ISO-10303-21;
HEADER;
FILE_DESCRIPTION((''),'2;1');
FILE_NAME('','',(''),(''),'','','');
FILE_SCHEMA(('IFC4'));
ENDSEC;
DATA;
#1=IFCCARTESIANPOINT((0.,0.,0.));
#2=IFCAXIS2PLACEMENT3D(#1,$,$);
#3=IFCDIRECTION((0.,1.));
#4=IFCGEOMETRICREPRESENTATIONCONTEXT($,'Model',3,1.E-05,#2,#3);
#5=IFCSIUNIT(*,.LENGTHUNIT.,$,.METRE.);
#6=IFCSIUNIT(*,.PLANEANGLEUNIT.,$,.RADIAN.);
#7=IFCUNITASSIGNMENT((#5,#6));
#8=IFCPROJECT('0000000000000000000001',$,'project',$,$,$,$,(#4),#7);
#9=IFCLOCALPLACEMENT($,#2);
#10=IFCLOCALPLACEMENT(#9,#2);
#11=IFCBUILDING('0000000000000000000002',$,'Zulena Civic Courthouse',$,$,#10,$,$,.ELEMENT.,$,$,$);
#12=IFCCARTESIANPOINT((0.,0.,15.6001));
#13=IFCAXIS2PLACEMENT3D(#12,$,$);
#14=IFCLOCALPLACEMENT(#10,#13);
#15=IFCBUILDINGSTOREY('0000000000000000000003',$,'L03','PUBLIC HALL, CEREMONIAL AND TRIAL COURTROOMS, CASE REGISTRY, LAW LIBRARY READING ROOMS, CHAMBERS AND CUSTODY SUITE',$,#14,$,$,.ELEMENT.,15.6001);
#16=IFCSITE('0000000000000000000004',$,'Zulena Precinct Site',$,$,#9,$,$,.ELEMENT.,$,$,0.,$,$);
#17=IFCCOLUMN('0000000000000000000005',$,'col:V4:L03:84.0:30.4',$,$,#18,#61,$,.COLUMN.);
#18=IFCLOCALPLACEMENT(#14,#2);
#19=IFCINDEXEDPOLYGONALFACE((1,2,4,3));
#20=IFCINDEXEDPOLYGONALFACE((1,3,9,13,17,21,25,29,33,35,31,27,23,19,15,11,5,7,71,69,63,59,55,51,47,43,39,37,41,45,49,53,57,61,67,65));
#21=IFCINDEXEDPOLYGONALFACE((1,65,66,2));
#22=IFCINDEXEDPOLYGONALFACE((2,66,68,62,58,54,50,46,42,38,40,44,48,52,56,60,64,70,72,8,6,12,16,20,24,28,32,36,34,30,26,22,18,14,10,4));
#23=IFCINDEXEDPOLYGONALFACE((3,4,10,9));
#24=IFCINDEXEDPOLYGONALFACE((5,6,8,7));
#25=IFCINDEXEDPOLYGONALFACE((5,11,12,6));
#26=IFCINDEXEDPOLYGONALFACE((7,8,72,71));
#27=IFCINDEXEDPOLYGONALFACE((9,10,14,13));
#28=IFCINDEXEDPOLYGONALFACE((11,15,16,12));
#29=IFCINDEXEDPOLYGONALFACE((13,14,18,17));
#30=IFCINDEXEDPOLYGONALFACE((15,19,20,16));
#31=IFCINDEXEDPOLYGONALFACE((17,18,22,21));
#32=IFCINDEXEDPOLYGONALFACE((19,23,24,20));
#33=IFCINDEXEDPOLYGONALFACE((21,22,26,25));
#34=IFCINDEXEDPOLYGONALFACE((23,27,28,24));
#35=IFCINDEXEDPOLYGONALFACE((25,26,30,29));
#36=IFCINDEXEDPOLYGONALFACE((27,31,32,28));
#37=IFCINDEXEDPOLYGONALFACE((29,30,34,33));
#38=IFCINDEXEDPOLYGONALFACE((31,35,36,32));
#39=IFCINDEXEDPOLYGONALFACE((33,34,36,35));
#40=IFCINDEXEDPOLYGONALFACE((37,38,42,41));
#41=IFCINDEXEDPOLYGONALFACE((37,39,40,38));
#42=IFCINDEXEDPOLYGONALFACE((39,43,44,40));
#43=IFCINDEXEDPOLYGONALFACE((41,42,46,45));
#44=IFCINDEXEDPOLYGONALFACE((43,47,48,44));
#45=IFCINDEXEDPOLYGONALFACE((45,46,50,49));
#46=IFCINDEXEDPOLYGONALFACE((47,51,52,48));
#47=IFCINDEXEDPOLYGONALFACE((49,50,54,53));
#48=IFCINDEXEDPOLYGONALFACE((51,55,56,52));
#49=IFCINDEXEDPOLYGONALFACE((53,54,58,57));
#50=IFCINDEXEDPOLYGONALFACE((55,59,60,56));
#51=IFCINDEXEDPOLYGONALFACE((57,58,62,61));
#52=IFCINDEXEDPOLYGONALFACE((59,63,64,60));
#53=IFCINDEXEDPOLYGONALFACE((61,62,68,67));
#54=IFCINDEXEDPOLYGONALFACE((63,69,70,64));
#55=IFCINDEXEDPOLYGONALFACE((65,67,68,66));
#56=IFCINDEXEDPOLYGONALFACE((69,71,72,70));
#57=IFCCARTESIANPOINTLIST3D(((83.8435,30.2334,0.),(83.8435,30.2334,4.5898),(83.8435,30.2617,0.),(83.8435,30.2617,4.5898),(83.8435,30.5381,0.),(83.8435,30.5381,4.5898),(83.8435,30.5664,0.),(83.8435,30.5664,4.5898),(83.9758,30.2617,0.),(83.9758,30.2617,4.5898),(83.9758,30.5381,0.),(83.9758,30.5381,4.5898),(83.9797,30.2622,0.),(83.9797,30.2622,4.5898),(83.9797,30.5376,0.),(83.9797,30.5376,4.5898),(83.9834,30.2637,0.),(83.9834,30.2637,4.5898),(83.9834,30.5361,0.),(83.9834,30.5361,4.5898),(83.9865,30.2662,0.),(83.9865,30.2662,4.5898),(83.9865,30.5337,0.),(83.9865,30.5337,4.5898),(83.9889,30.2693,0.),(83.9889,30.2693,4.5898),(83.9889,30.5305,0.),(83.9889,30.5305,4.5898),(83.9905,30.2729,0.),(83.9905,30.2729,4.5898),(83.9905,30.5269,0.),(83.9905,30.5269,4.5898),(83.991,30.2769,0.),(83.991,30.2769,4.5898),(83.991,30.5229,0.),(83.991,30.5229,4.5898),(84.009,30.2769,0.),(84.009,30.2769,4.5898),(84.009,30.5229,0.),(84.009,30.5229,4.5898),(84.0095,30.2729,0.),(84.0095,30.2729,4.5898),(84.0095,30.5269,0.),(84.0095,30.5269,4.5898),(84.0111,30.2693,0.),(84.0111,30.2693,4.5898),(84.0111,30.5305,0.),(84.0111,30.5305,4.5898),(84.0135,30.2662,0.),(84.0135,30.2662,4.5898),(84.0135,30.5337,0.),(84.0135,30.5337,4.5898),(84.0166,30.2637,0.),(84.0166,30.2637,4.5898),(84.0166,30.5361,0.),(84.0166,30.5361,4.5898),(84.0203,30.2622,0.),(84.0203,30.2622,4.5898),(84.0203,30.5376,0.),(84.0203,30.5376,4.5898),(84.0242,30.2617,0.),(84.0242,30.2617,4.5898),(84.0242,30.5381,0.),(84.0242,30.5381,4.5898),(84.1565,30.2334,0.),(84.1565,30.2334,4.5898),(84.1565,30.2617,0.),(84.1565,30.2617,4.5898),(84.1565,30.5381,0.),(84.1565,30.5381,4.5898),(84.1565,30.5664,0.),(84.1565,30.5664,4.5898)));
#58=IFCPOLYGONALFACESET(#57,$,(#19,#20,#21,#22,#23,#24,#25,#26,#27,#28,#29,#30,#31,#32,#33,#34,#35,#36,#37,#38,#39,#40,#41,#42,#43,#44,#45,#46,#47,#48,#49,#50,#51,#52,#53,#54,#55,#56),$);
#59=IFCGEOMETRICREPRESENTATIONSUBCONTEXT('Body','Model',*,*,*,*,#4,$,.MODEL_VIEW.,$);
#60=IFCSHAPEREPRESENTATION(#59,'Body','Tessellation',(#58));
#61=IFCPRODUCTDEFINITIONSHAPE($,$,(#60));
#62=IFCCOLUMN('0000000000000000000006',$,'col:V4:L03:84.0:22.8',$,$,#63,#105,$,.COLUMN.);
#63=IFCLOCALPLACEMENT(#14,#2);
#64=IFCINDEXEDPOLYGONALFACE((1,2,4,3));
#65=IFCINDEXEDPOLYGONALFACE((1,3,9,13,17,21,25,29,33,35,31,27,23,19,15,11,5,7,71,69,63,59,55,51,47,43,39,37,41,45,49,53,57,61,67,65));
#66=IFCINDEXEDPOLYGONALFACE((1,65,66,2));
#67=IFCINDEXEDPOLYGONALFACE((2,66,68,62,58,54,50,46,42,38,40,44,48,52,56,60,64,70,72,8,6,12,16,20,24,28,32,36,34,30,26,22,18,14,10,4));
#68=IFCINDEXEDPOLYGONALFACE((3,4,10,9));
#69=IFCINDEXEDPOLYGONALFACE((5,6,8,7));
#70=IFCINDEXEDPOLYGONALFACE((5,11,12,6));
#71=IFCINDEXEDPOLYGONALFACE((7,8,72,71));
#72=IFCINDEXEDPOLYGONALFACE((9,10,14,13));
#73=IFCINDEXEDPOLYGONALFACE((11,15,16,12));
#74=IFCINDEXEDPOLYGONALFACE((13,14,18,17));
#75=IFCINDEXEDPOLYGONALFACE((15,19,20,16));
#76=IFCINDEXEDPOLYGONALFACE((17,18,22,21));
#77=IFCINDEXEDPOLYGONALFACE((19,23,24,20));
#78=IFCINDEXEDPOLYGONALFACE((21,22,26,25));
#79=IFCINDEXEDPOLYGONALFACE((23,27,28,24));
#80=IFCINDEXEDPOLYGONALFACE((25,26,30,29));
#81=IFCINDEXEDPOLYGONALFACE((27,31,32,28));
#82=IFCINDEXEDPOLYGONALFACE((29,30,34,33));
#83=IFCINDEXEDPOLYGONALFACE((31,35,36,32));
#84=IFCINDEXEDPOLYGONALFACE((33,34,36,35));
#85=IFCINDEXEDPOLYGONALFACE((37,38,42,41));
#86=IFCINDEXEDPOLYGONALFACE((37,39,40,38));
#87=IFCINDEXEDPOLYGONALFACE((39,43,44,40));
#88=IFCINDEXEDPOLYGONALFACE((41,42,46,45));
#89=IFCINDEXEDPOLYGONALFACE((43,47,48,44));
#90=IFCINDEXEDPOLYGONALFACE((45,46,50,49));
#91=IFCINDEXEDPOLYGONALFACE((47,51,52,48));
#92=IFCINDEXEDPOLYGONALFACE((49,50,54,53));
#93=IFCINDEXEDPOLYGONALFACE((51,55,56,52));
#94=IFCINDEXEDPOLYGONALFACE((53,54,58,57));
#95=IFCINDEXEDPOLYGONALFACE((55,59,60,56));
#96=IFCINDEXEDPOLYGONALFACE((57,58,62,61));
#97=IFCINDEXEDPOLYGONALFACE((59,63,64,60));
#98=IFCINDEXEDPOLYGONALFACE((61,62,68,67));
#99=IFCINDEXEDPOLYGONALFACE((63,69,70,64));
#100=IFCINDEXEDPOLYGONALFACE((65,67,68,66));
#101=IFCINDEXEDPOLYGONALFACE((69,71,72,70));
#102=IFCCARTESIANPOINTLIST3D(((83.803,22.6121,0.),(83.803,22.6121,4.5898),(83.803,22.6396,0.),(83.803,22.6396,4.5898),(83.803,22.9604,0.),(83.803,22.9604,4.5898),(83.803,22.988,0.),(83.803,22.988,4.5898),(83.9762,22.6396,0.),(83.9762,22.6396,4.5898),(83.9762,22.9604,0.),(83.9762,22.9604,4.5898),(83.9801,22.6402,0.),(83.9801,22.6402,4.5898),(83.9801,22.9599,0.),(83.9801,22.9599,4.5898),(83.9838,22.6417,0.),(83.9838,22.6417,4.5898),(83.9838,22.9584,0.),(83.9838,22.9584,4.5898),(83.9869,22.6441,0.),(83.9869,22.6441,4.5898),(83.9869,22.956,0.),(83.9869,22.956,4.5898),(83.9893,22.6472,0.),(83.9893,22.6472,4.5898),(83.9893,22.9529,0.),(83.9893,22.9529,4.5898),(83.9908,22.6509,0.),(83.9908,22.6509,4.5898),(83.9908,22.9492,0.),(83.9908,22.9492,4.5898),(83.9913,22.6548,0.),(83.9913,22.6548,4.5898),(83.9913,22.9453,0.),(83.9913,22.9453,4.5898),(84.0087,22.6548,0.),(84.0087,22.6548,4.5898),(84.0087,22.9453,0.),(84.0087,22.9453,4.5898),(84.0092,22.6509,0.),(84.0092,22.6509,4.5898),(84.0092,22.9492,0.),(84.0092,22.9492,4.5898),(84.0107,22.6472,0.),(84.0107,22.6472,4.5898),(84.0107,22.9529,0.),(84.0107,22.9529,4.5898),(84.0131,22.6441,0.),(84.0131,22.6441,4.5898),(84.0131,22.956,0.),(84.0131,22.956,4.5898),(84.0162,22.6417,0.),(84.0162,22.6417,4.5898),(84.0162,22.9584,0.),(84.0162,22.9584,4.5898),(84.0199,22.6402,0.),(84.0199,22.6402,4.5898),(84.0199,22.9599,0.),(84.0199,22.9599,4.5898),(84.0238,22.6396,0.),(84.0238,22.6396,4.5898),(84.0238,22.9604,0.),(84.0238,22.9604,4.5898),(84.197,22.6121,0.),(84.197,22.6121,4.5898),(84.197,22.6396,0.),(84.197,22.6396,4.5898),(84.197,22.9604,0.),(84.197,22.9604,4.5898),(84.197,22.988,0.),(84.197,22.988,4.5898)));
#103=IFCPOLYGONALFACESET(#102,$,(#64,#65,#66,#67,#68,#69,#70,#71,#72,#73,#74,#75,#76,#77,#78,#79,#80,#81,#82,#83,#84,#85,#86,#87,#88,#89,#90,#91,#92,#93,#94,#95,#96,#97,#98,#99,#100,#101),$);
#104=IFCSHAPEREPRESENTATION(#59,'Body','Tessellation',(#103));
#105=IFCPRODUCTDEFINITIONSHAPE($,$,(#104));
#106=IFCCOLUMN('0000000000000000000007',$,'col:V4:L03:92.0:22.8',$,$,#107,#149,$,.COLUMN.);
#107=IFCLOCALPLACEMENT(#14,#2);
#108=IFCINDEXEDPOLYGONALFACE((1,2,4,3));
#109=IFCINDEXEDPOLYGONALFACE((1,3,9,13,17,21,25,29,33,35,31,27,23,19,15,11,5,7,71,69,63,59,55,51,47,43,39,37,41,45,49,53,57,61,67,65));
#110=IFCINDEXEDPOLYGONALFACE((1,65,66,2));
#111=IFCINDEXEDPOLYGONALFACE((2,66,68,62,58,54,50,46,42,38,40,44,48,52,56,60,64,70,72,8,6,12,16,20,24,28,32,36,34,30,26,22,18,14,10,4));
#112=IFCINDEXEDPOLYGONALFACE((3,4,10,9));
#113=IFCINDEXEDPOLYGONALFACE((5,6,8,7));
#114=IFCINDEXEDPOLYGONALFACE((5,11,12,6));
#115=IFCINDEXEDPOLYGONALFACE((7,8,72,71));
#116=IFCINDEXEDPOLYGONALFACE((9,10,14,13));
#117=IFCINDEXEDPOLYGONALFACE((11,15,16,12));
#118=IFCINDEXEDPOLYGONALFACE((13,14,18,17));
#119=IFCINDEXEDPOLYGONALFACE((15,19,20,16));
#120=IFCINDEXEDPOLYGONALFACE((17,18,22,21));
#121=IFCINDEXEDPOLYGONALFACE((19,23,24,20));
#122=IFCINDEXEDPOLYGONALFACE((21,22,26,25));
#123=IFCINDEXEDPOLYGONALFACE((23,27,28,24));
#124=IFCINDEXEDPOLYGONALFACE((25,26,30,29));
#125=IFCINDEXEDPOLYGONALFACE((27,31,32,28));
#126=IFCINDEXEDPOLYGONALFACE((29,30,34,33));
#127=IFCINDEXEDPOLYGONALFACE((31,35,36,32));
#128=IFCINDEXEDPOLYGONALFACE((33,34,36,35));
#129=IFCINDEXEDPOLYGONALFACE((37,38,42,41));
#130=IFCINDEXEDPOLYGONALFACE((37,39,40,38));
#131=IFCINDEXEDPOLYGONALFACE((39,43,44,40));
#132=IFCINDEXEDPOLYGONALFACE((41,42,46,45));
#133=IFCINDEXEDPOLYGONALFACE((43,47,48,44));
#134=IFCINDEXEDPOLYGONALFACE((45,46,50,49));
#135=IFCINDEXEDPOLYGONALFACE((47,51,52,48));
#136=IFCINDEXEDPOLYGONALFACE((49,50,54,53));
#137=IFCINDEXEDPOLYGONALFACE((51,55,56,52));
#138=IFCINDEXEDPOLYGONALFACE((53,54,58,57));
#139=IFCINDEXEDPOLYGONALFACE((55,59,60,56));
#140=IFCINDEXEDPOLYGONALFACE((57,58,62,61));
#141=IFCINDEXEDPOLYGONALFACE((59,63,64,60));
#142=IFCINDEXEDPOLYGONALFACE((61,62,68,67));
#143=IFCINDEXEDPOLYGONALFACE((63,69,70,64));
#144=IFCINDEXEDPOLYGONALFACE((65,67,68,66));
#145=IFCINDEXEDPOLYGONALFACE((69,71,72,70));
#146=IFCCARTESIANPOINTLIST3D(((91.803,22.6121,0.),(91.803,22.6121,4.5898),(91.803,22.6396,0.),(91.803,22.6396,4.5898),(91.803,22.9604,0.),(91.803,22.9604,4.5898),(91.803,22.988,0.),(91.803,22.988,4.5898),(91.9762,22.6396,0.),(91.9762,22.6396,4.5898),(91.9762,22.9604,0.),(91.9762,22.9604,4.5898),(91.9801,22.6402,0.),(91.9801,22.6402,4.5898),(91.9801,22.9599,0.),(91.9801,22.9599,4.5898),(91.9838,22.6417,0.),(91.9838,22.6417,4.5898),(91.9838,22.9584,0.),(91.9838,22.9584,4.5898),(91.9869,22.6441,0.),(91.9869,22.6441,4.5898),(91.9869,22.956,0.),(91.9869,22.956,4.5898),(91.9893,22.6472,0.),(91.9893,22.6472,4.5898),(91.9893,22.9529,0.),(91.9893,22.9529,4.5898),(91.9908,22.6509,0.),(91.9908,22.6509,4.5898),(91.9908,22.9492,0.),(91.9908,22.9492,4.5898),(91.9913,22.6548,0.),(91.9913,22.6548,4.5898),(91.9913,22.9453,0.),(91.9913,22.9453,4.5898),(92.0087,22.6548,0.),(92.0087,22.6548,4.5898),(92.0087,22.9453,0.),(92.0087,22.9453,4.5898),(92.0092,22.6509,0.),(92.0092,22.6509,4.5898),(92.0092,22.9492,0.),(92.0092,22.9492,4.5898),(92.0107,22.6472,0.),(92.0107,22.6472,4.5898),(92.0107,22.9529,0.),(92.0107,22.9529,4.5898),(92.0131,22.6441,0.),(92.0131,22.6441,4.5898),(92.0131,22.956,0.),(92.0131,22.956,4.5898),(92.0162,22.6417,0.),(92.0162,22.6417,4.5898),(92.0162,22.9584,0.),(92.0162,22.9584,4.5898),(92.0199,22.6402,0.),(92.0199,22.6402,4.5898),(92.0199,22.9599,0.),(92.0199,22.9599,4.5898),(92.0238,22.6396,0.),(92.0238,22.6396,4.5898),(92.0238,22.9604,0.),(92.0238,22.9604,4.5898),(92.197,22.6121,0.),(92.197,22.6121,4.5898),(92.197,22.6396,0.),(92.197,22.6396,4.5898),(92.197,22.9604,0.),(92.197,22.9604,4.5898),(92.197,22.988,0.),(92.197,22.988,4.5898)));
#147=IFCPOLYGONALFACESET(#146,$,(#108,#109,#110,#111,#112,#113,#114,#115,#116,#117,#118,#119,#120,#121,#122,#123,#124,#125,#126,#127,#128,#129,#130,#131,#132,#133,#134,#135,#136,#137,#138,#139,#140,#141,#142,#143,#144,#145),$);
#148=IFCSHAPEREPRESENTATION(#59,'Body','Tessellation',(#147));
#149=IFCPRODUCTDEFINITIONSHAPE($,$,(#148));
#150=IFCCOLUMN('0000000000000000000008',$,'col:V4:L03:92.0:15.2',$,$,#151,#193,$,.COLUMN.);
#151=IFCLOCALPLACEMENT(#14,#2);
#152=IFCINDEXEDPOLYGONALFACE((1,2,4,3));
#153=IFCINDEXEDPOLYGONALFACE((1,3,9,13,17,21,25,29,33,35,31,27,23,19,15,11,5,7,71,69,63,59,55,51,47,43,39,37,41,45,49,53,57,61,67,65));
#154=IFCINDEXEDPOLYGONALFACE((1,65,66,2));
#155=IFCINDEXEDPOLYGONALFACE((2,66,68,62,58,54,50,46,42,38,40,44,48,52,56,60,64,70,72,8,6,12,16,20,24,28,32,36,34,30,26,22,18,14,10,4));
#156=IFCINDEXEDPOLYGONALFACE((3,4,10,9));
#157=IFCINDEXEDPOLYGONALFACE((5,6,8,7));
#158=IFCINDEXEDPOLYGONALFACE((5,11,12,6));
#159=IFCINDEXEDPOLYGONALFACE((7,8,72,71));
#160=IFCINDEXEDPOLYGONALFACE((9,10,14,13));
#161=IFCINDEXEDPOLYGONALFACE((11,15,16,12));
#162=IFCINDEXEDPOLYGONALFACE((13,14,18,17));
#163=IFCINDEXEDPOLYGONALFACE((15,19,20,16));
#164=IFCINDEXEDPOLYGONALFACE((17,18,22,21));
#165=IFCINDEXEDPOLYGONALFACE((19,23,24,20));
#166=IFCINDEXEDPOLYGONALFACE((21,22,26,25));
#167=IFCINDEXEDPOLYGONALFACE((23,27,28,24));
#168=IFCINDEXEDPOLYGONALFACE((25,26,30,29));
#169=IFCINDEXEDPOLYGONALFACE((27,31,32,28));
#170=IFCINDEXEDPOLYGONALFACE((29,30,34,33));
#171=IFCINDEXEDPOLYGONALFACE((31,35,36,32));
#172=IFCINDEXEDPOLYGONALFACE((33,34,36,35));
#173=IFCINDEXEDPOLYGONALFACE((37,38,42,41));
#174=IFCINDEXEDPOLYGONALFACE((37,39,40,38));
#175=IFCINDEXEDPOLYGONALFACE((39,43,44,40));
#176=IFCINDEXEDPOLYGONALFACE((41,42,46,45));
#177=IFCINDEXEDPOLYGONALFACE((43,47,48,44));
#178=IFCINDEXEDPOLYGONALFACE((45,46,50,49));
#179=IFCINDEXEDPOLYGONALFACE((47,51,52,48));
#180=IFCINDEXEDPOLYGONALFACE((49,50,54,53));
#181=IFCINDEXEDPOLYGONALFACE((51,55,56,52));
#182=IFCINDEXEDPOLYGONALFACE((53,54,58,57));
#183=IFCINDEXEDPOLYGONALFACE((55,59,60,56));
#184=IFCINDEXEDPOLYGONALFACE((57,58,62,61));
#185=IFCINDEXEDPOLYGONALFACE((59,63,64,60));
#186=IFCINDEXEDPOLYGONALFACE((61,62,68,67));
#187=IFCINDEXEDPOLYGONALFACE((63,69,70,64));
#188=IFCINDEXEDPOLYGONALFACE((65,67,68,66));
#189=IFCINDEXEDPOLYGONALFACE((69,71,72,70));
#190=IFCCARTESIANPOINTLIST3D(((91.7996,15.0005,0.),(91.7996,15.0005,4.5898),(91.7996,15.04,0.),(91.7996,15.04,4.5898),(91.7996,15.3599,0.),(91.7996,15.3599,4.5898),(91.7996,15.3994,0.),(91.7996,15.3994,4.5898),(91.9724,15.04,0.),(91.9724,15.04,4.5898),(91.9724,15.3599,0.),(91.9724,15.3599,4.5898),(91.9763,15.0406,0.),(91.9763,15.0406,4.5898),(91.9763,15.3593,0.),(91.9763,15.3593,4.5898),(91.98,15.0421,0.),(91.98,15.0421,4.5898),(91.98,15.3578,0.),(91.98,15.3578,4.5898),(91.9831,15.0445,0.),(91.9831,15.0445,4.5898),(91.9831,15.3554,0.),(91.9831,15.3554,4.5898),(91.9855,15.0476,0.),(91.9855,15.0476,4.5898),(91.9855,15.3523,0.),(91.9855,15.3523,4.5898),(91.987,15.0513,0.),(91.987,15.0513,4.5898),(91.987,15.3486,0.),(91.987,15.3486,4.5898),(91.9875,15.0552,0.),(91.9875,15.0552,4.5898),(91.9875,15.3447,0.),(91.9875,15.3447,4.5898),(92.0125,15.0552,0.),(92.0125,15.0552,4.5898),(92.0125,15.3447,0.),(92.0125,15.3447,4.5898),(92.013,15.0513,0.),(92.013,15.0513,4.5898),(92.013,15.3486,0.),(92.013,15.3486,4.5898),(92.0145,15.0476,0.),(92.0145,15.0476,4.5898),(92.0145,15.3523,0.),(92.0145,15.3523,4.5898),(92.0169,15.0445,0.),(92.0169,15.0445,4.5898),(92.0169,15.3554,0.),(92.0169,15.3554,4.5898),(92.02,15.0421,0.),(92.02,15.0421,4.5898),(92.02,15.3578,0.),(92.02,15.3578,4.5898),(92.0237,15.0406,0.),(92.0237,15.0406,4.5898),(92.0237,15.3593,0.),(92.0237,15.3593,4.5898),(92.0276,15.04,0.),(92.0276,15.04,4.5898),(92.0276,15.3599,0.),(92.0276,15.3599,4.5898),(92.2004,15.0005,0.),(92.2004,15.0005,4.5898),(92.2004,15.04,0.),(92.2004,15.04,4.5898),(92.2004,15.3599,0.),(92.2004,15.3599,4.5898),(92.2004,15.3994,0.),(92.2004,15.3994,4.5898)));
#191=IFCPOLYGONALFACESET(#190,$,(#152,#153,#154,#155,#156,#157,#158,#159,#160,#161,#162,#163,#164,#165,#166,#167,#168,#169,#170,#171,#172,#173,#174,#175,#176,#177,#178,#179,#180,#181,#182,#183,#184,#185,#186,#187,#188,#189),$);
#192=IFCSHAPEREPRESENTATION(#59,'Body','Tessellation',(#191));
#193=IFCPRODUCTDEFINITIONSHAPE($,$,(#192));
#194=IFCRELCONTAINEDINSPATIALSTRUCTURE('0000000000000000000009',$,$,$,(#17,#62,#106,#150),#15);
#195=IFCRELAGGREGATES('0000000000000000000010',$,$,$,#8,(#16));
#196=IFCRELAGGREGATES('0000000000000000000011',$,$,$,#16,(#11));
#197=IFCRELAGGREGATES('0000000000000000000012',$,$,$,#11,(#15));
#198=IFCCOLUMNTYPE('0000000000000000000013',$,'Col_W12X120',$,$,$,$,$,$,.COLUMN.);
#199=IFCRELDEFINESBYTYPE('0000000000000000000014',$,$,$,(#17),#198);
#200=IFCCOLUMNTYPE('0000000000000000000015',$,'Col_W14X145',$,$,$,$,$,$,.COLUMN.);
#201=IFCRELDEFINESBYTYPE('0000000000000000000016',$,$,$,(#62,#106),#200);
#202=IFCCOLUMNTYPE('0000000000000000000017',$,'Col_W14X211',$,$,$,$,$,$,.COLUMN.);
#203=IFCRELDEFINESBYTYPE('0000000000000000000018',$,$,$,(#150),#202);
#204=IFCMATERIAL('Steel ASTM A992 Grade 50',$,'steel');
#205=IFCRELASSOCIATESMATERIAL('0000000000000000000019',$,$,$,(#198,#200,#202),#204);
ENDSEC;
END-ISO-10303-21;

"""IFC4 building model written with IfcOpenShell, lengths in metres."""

from ifc_helpers import new_model, si_unit, direction, frame, origin, origin_2d, place, context, subcontext, project, spatial, i_section, extrude, material, material_profile, profile_set, type_object, element, save


model = new_model("IFC4")

# Units and contexts
model_context = context("Model", 3, precision=1e-05, world=origin(), true_north=direction((0.0, 1.0)))
body_context = subcontext(model_context, "Body", "Model", "MODEL_VIEW")
ifc_project = project(units=[si_unit("LENGTHUNIT", "METRE"), si_unit("PLANEANGLEUNIT", "RADIAN")], contexts=[model_context])

# Site, building, storey
site_placement = place(None, origin())
site = spatial("IfcSite", under=ifc_project, at=site_placement, Name="Zulena Precinct Site", CompositionType="ELEMENT", RefElevation=0.0)
building_placement = place(site_placement, origin())
building = spatial("IfcBuilding", under=site, at=building_placement, Name="Zulena Civic Courthouse", CompositionType="ELEMENT")
storey_placement = place(building_placement, frame((0.0, 0.0, 15.6001)))
storey = spatial("IfcBuildingStorey", under=building, at=storey_placement, Name="L03", Description="PUBLIC HALL, CEREMONIAL AND TRIAL COURTROOMS, CASE REGISTRY, LAW LIBRARY READING ROOMS, CHAMBERS AND CUSTODY SUITE", CompositionType="ELEMENT", Elevation=15.6001)

# Columns
ifc_material_1 = material(Name="Steel ASTM A992 Grade 50", Category="steel")
ifc_material_profile_1 = material_profile(ifc_material_1, i_section(OverallWidth=0.313, OverallDepth=0.333, WebThickness=0.0181, FlangeThickness=0.0283, FilletRadius=0.0151, at=origin_2d()), Name="W12X120")
ifc_profile_set_1 = profile_set([ifc_material_profile_1], Name="Steel ASTM A992 Grade 50")
column_type_1 = type_object("IfcColumnType", Name="Col_W12X120", PredefinedType="COLUMN", material=ifc_profile_set_1)
column_1_placement = place(storey_placement, frame((84.0, 30.3999, 0.0), z_axis=(0.0, 0.0, 1.0), x_axis=(1.0, 0.0, 0.0)))
element("IfcColumn", 1, at=column_1_placement, inside=storey, type_object=column_type_1, Name="col:V4:L03:84.0:30.4", PredefinedType="COLUMN", context=body_context, shape_type="SweptSolid", body=[
    extrude(i_section(OverallWidth=0.313, OverallDepth=0.333, WebThickness=0.0181, FlangeThickness=0.0283, FilletRadius=0.0151, at=origin_2d()), origin(), (0.0, 0.0, 1.0), 4.5898),
])
ifc_material_profile_2 = material_profile(ifc_material_1, i_section(OverallWidth=0.394, OverallDepth=0.376, WebThickness=0.0173, FlangeThickness=0.0276, FilletRadius=0.0151, at=origin_2d()), Name="W14X145")
ifc_profile_set_2 = profile_set([ifc_material_profile_2], Name="Steel ASTM A992 Grade 50")
column_type_2 = type_object("IfcColumnType", Name="Col_W14X145", PredefinedType="COLUMN", material=ifc_profile_set_2)
for number, where, z_axis, x_axis, name in (
    (2, (84.0, 22.8, 0.0), (0.0, 0.0, 1.0), (1.0, 0.0, 0.0), "col:V4:L03:84.0:22.8"),
    (3, (92.0, 22.8, 0.0), (0.0, 0.0, 1.0), (1.0, 0.0, 0.0), "col:V4:L03:92.0:22.8"),
):
    element("IfcColumn", number, at=place(storey_placement, frame(where, z_axis=z_axis, x_axis=x_axis)), inside=storey, type_object=column_type_2, Name=name, PredefinedType="COLUMN", context=body_context, shape_type="SweptSolid", body=[
        extrude(i_section(OverallWidth=0.394, OverallDepth=0.376, WebThickness=0.0173, FlangeThickness=0.0276, FilletRadius=0.0151, at=origin_2d()), origin(), (0.0, 0.0, 1.0), 4.5898),
    ])
ifc_material_profile_3 = material_profile(ifc_material_1, i_section(OverallWidth=0.4009, OverallDepth=0.3989, WebThickness=0.0249, FlangeThickness=0.0396, FilletRadius=0.0151, at=origin_2d()), Name="W14X211")
ifc_profile_set_3 = profile_set([ifc_material_profile_3], Name="Steel ASTM A992 Grade 50")
column_type_3 = type_object("IfcColumnType", Name="Col_W14X211", PredefinedType="COLUMN", material=ifc_profile_set_3)
column_2_placement = place(storey_placement, frame((92.0, 15.2, 0.0), z_axis=(0.0, 0.0, 1.0), x_axis=(1.0, 0.0, 0.0)))
element("IfcColumn", 4, at=column_2_placement, inside=storey, type_object=column_type_3, Name="col:V4:L03:92.0:15.2", PredefinedType="COLUMN", context=body_context, shape_type="SweptSolid", body=[
    extrude(i_section(OverallWidth=0.4009, OverallDepth=0.3989, WebThickness=0.0249, FlangeThickness=0.0396, FilletRadius=0.0151, at=origin_2d()), origin(), (0.0, 0.0, 1.0), 4.5898),
])

save(model, "model.ifc")
